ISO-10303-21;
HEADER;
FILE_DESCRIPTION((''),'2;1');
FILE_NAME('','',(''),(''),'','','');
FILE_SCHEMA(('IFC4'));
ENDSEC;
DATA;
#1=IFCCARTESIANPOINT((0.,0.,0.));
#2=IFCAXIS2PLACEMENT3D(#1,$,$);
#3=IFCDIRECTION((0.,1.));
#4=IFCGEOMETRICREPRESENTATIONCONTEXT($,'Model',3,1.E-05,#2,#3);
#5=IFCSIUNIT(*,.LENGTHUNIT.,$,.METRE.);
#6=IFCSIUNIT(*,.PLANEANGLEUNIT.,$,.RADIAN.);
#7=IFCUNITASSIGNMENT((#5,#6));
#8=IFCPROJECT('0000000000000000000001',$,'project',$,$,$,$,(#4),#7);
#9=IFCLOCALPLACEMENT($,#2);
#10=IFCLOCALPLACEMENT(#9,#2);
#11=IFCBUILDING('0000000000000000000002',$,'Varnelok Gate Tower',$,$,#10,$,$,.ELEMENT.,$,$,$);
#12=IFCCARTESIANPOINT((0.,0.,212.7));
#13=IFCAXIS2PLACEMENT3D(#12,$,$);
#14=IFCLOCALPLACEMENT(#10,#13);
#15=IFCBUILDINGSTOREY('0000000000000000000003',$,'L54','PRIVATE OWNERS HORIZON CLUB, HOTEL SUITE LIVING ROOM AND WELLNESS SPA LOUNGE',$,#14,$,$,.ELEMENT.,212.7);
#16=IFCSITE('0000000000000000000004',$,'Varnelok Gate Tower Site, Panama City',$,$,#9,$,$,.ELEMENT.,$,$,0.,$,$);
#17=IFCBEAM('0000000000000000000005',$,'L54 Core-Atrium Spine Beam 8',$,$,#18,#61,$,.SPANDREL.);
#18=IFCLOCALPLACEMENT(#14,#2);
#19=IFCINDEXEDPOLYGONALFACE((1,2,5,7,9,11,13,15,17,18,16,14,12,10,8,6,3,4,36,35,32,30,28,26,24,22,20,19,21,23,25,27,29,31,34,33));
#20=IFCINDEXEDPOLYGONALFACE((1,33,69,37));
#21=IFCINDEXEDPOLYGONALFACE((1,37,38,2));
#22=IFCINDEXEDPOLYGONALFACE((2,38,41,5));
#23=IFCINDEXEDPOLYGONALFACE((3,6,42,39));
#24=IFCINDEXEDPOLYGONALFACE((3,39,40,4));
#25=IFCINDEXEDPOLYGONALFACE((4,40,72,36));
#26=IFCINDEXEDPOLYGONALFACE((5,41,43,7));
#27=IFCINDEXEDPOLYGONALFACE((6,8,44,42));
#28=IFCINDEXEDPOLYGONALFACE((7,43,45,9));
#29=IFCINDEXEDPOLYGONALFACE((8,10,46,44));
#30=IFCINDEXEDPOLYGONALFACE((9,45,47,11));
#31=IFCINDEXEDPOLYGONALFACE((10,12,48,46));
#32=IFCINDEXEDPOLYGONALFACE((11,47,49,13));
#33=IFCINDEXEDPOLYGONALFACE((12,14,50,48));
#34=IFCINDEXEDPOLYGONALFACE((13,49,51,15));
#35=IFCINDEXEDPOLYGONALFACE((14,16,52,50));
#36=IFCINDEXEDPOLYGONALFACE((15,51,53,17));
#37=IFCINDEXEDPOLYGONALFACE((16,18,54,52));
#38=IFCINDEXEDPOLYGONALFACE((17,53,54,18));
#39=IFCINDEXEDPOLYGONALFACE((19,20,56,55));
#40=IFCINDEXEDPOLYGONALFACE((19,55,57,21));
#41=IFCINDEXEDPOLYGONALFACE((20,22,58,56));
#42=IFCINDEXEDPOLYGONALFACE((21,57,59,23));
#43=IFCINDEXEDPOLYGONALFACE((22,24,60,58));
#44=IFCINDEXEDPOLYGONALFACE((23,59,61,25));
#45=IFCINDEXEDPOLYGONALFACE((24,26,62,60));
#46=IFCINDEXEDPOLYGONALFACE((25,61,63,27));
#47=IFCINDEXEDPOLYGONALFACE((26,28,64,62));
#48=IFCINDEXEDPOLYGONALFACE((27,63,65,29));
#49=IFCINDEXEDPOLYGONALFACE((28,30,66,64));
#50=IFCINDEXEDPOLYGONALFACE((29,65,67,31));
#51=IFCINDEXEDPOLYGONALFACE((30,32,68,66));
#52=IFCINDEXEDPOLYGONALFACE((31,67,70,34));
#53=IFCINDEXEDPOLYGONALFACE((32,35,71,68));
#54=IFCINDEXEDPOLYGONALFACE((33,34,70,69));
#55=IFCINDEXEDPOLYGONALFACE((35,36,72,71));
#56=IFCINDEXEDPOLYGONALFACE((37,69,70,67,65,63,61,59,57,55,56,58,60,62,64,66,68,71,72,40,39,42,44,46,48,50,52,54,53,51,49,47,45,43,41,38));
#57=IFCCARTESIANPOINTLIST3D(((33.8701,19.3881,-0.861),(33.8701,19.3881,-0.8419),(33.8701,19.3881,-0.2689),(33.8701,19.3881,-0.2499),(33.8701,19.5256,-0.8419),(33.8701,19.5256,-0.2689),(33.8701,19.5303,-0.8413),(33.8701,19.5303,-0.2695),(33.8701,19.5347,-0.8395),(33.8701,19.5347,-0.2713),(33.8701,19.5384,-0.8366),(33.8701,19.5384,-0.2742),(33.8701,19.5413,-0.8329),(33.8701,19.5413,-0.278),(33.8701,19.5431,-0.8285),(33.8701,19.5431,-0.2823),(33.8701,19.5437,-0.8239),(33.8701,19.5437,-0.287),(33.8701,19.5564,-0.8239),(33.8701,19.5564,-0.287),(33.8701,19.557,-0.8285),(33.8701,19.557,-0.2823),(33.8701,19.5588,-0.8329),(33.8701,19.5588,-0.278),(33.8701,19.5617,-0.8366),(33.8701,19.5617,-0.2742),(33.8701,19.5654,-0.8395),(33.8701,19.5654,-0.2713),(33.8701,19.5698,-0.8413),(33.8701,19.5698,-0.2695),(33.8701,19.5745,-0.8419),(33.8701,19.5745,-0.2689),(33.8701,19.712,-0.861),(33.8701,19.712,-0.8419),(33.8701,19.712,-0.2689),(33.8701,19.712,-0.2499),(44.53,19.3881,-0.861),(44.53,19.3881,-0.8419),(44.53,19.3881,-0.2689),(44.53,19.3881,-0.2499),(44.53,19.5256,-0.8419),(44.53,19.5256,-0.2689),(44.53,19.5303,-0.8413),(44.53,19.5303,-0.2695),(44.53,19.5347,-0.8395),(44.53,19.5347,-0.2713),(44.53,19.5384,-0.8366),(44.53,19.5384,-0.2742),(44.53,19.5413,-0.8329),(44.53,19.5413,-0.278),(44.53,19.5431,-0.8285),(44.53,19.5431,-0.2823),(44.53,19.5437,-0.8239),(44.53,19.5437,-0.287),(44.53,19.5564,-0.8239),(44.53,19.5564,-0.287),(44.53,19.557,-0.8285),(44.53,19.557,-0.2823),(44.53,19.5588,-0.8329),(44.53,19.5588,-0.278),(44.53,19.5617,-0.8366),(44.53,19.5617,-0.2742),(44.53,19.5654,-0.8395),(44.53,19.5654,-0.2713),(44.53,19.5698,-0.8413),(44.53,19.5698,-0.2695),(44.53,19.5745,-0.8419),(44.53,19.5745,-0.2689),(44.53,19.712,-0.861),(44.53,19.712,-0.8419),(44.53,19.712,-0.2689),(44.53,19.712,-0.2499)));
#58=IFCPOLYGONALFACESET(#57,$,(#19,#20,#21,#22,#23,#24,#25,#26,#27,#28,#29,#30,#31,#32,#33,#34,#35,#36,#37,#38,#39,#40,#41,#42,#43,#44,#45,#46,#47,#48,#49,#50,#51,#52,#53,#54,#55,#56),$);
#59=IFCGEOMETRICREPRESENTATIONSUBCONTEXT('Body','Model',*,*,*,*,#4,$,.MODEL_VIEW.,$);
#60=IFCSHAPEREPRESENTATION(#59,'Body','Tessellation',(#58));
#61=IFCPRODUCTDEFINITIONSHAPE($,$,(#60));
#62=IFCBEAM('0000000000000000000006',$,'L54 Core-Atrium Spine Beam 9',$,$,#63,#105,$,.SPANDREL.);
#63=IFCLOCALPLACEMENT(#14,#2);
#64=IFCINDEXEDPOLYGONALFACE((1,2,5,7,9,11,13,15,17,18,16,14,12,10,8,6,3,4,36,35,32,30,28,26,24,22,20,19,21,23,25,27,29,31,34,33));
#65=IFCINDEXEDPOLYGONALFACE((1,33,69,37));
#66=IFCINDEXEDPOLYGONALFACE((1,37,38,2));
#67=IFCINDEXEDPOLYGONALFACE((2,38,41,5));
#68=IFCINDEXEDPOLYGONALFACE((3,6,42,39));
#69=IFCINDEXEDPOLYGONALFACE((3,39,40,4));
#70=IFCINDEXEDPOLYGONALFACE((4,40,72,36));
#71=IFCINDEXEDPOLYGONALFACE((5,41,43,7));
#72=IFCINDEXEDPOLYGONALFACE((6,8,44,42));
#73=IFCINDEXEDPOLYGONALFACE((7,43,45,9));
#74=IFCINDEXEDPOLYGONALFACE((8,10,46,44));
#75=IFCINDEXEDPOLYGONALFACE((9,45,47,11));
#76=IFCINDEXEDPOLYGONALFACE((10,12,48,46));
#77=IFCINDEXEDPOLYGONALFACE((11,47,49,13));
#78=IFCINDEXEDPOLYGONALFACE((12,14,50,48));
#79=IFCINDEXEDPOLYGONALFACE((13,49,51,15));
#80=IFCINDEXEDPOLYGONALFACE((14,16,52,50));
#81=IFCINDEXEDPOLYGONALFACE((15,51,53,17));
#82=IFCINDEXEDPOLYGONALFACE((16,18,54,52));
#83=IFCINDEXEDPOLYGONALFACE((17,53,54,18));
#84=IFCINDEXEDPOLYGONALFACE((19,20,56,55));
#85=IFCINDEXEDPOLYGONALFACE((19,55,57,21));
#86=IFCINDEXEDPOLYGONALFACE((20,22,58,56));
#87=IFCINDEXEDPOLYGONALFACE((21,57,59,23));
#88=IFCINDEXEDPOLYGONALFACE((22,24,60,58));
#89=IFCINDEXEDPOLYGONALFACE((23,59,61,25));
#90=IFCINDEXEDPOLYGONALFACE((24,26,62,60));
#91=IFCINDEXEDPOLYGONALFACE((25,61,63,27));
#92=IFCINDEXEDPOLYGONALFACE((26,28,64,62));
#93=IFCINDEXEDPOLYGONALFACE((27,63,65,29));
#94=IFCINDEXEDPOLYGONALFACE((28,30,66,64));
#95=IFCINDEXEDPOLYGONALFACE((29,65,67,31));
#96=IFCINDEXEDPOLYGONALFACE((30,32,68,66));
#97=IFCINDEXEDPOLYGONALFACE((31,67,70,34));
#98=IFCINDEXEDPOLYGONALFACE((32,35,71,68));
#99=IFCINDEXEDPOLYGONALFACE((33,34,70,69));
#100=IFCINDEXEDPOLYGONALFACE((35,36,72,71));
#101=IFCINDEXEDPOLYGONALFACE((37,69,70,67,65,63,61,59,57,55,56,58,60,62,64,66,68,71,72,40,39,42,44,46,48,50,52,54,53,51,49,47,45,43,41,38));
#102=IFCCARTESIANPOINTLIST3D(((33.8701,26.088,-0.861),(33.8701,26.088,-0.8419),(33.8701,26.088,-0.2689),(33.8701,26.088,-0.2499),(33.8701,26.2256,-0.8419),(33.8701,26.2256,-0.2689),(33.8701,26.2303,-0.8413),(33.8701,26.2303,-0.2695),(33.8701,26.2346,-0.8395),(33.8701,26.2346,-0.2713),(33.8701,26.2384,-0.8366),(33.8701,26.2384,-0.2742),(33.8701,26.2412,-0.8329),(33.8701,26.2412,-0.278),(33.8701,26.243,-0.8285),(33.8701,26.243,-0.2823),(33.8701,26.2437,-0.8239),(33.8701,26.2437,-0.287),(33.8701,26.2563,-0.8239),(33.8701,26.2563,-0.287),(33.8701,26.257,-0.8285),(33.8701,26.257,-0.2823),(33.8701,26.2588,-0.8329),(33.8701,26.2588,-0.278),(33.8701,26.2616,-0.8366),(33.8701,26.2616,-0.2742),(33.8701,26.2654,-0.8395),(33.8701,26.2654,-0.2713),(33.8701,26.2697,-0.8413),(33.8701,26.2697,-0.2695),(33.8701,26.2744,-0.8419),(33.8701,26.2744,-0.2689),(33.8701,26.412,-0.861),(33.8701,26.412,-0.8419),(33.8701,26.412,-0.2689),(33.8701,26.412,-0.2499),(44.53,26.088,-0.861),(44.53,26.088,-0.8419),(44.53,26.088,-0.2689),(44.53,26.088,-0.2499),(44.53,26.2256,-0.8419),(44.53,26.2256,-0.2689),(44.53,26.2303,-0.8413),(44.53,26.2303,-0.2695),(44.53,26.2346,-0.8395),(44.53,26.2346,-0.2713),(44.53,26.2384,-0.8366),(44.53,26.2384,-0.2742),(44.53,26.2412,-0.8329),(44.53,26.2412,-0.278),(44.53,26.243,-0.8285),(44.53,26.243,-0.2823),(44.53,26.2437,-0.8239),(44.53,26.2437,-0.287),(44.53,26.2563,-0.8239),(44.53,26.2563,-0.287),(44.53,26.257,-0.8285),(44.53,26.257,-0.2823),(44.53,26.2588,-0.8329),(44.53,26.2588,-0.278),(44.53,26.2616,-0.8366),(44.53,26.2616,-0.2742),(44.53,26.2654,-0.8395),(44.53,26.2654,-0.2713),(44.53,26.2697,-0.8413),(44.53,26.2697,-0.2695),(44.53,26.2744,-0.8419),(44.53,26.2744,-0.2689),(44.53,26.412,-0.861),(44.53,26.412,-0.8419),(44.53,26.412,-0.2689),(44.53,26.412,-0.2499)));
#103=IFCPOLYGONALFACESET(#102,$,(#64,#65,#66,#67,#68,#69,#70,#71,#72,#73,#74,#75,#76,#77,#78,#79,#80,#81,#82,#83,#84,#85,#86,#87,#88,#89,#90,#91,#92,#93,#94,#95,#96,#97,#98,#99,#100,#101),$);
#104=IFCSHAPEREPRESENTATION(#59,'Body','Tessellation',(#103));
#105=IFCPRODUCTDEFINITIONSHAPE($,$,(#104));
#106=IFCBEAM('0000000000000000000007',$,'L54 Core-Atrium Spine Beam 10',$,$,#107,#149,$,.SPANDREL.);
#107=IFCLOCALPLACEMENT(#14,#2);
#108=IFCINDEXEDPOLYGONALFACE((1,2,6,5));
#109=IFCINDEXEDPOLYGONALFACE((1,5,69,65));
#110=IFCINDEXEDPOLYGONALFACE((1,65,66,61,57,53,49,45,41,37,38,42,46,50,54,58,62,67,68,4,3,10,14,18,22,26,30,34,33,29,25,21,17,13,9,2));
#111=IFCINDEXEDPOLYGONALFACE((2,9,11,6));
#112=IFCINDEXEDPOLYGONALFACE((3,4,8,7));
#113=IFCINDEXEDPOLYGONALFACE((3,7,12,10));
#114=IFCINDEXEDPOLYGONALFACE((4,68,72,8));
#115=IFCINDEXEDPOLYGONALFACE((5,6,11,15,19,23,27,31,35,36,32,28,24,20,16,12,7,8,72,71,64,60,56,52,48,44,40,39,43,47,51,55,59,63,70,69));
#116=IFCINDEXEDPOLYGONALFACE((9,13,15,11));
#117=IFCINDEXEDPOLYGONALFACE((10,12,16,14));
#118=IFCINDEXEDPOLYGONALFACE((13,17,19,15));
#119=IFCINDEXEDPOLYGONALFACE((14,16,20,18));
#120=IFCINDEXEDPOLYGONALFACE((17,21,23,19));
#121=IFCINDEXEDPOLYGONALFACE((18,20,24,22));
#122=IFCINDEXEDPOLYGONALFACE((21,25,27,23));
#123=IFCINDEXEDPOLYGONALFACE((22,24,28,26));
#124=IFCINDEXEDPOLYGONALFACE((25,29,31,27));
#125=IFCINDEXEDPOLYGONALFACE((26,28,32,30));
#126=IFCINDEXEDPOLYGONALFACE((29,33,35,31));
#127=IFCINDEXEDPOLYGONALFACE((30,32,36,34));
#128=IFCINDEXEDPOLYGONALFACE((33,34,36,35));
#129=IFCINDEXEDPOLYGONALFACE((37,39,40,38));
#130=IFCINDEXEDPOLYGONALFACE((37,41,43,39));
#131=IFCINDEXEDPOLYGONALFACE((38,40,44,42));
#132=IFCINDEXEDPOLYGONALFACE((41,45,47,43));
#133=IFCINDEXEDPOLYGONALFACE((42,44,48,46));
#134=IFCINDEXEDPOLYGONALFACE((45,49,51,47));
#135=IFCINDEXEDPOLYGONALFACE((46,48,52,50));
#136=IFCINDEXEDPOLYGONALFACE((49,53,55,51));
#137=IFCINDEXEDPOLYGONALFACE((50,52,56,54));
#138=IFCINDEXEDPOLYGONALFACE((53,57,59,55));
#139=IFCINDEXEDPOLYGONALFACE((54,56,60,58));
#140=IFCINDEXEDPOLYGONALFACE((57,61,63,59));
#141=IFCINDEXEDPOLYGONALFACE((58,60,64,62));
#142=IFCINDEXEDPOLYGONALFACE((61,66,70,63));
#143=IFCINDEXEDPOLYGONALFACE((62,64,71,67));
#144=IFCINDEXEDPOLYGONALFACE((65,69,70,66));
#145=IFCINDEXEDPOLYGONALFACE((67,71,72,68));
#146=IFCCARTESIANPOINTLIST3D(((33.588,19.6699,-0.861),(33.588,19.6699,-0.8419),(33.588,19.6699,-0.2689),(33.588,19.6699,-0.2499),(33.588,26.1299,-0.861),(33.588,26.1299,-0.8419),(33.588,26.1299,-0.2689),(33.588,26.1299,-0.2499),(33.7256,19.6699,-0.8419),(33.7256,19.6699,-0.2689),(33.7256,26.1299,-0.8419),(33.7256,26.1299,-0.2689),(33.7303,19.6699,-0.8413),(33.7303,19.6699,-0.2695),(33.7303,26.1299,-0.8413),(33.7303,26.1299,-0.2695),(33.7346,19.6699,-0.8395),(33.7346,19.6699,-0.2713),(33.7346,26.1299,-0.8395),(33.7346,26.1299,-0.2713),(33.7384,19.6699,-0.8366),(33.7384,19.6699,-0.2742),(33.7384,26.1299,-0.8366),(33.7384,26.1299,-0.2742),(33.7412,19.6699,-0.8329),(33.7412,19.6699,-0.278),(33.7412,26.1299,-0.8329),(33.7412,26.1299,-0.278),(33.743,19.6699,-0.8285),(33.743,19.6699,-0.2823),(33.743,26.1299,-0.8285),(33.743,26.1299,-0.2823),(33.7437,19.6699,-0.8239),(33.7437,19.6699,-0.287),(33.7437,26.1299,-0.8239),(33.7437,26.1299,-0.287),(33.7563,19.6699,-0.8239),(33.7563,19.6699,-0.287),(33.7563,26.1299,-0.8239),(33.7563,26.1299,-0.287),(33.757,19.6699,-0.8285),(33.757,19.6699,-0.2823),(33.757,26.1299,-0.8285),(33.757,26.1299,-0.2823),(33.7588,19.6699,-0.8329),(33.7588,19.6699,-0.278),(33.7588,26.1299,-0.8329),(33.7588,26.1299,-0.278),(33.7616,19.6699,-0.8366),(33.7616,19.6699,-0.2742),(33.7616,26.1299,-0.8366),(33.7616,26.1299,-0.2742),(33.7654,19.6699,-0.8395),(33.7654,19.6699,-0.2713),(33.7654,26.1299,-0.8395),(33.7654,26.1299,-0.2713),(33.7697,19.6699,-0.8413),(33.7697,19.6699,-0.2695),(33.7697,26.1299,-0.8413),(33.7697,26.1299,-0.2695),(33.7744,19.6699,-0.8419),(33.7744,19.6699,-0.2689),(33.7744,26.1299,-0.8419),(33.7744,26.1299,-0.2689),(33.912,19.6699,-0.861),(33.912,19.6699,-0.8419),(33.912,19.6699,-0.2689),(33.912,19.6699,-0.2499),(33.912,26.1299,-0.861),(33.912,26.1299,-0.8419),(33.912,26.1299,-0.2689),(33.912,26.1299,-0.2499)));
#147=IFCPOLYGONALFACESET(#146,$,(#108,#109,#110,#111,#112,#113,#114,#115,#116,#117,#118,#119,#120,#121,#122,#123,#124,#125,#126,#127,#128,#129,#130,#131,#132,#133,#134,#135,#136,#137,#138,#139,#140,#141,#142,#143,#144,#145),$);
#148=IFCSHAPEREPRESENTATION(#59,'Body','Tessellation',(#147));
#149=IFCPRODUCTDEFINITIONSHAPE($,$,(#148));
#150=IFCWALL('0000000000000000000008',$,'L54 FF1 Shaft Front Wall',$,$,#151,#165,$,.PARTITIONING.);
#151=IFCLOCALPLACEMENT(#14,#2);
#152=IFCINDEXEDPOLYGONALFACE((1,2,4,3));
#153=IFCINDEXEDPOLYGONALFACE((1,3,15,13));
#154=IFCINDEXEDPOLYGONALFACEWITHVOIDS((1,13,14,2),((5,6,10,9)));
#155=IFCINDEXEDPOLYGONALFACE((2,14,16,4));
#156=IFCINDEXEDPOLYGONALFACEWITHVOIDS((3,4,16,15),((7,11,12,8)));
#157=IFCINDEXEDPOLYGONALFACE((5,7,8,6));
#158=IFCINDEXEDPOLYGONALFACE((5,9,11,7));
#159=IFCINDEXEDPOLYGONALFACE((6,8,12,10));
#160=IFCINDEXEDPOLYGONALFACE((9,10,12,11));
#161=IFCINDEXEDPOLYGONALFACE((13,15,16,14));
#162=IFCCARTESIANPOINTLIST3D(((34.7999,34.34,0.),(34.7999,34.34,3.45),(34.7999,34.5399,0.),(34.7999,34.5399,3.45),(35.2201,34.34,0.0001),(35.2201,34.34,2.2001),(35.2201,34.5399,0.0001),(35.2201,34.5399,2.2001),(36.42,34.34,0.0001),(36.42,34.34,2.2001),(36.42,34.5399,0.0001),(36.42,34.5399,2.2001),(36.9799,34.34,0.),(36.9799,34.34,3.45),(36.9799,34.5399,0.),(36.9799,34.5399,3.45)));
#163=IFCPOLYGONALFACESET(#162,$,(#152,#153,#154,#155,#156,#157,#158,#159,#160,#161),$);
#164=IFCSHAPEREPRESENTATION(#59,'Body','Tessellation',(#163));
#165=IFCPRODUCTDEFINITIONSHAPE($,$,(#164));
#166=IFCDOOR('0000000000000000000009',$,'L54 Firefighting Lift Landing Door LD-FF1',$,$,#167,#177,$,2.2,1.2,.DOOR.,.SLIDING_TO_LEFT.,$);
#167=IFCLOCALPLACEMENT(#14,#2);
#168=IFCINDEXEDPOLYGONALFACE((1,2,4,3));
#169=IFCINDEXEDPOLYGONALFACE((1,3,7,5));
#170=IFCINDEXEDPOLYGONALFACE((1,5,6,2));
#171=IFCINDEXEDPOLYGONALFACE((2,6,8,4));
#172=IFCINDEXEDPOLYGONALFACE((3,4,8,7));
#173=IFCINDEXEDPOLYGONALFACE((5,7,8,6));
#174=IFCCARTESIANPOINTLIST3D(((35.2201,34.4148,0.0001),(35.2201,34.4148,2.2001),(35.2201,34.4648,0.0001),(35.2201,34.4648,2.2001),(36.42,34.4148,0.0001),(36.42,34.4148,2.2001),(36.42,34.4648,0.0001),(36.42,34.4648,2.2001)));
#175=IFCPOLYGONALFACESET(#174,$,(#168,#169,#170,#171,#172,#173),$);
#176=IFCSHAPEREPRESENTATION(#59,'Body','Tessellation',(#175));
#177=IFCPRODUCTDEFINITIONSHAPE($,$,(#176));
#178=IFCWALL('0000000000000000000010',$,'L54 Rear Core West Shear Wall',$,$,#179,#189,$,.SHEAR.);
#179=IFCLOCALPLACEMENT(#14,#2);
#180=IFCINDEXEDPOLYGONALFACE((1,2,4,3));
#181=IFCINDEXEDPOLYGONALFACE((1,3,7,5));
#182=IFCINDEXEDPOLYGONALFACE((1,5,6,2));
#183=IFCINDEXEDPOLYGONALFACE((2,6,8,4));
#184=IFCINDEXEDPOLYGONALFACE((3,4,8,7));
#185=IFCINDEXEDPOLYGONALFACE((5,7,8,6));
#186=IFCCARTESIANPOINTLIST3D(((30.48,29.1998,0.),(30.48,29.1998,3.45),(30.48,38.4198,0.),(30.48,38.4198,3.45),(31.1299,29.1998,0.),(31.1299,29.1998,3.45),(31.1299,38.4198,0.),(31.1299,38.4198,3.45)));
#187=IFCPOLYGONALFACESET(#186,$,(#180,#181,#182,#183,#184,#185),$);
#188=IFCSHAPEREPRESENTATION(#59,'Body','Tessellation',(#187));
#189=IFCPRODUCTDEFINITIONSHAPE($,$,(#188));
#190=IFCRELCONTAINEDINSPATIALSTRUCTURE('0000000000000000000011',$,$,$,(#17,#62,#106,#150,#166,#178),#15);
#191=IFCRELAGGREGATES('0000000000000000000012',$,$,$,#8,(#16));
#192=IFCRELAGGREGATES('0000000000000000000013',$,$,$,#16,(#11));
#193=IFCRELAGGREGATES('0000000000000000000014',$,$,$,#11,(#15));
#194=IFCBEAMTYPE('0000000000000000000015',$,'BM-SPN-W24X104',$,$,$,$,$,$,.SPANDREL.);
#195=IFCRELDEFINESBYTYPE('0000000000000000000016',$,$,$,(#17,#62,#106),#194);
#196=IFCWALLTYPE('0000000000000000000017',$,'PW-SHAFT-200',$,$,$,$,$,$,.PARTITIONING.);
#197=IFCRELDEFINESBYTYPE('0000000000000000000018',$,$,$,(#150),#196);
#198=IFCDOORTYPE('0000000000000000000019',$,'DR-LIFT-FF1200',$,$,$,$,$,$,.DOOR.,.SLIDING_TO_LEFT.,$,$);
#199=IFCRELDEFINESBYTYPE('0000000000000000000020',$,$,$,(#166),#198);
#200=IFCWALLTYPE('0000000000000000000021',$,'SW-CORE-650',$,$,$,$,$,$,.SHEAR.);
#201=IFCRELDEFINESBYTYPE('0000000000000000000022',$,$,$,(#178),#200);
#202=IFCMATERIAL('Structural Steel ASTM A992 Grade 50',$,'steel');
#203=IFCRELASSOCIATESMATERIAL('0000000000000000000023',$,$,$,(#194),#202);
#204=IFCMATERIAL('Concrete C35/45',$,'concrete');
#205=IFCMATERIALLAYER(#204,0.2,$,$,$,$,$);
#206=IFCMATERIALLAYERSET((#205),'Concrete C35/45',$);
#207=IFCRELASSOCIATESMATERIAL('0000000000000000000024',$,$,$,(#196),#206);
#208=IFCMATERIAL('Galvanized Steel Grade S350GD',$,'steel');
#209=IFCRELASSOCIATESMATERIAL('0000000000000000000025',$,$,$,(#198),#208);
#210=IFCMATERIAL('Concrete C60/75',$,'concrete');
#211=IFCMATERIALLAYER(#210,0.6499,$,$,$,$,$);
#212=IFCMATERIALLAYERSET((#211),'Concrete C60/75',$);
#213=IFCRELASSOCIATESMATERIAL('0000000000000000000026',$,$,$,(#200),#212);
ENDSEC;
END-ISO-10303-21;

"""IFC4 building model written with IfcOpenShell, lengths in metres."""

from ifc_helpers import new_model, si_unit, direction, frame, frame_2d, origin, origin_2d, place, context, subcontext, project, spatial, rectangle, i_section, extrude, material, layer, layer_set, material_profile, profile_set, type_object, element, fill, save


model = new_model("IFC4")

# Units and contexts
model_context = context("Model", 3, precision=1e-05, world=origin(), true_north=direction((0.0, 1.0)))
body_context = subcontext(model_context, "Body", "Model", "MODEL_VIEW")
ifc_project = project(units=[si_unit("LENGTHUNIT", "METRE"), si_unit("PLANEANGLEUNIT", "RADIAN")], contexts=[model_context])

# Site, building, storey
site_placement = place(None, origin())
site = spatial("IfcSite", under=ifc_project, at=site_placement, Name="Varnelok Gate Tower Site, Panama City", CompositionType="ELEMENT", RefElevation=0.0)
building_placement = place(site_placement, origin())
building = spatial("IfcBuilding", under=site, at=building_placement, Name="Varnelok Gate Tower", CompositionType="ELEMENT")
storey_placement = place(building_placement, frame((0.0, 0.0, 212.7)))
storey = spatial("IfcBuildingStorey", under=building, at=storey_placement, Name="L54", Description="PRIVATE OWNERS HORIZON CLUB, HOTEL SUITE LIVING ROOM AND WELLNESS SPA LOUNGE", CompositionType="ELEMENT", Elevation=212.7)

# Shared definitions
ifc_material_1 = material(Name="Concrete C60/75", Category="concrete")
ifc_material_2 = material(Name="Structural Steel ASTM A992 Grade 50", Category="steel")

# Beams
ifc_material_profile_1 = material_profile(ifc_material_2, i_section(OverallWidth=0.324, OverallDepth=0.6111, WebThickness=0.0127, FlangeThickness=0.019, FilletRadius=0.0181, at=origin_2d()), Name="W24X104")
ifc_profile_set_1 = profile_set([ifc_material_profile_1], Name="Structural Steel ASTM A992 Grade 50")
beam_type_1 = type_object("IfcBeamType", Name="BM-SPN-W24X104", PredefinedType="SPANDREL", material=ifc_profile_set_1)
for number, where, z_axis, x_axis, name in (
    (1, (33.8701, 19.55, -0.5554), (1.0, 0.0, 0.0), (0.0, 1.0, 0.0), "L54 Core-Atrium Spine Beam 8"),
    (2, (33.8701, 26.25, -0.5554), (1.0, 0.0, 0.0), (0.0, 1.0, 0.0), "L54 Core-Atrium Spine Beam 9"),
):
    element("IfcBeam", number, at=place(storey_placement, frame(where, z_axis=z_axis, x_axis=x_axis)), inside=storey, type_object=beam_type_1, Name=name, PredefinedType="SPANDREL", context=body_context, shape_type="SweptSolid", body=[
        extrude(i_section(OverallWidth=0.324, OverallDepth=0.6111, WebThickness=0.0127, FlangeThickness=0.019, FilletRadius=0.0181, at=origin_2d()), origin(), (0.0, 0.0, 1.0), 10.6599),
    ])
beam_1_placement = place(storey_placement, frame((33.75, 19.6699, -0.5554), z_axis=(0.0, 1.0, 0.0), x_axis=(-1.0, 0.0, 0.0)))
element("IfcBeam", 3, at=beam_1_placement, inside=storey, type_object=beam_type_1, Name="L54 Core-Atrium Spine Beam 10", PredefinedType="SPANDREL", context=body_context, shape_type="SweptSolid", body=[
    extrude(i_section(OverallWidth=0.324, OverallDepth=0.6111, WebThickness=0.0127, FlangeThickness=0.019, FilletRadius=0.0181, at=origin_2d()), origin(), (0.0, 0.0, 1.0), 6.46),
])

# Wall, opening, door
ifc_material_3 = material(Name="Concrete C35/45", Category="concrete")
ifc_layer_1 = layer(ifc_material_3, 0.2)
ifc_layer_set_1 = layer_set([ifc_layer_1], Name="Concrete C35/45")
wall_type_1 = type_object("IfcWallType", Name="PW-SHAFT-200", PredefinedType="PARTITIONING", material=ifc_layer_set_1)
wall_1_placement = place(storey_placement, frame((34.8, 34.4399, 0.0), z_axis=(0.0, 0.0, 1.0), x_axis=(1.0, 0.0, 0.0)))
wall_1 = element("IfcWall", 4, at=wall_1_placement, inside=storey, type_object=wall_type_1, Name="L54 FF1 Shaft Front Wall", PredefinedType="PARTITIONING", context=body_context, shape_type="SweptSolid", body=[
    extrude(rectangle(XDim=2.1799, YDim=0.2, at=frame_2d((1.0898, 0.0))), origin(), (0.0, 0.0, 1.0), 3.45),
])
opening_1_placement = place(wall_1_placement, frame((0.4199, 0.0, 0.0)))
opening_1 = element("IfcOpeningElement", 5, at=opening_1_placement, cuts=wall_1, PredefinedType="OPENING", context=body_context, shape_type="SweptSolid", body=[
    extrude(rectangle(XDim=1.2, YDim=2.2, at=frame_2d((0.6001, 1.1001))), frame((0.0, 0.1099, 0.0), z_axis=(0.0, -1.0, 0.0), x_axis=(1.0, 0.0, 0.0)), (0.0, 0.0, 1.0), 0.22),
])
ifc_material_4 = material(Name="Galvanized Steel Grade S350GD", Category="steel")
door_type_1 = type_object("IfcDoorType", Name="DR-LIFT-FF1200", OperationType="SLIDING_TO_LEFT", PredefinedType="DOOR", material=ifc_material_4)
door_1_placement = place(opening_1_placement, origin())
door_1 = element("IfcDoor", 6, at=door_1_placement, inside=storey, type_object=door_type_1, Name="L54 Firefighting Lift Landing Door LD-FF1", OperationType="SLIDING_TO_LEFT", OverallHeight=2.2, OverallWidth=1.2, PredefinedType="DOOR", context=body_context, shape_type="SweptSolid", body=[
    extrude(rectangle(XDim=1.2, YDim=2.2, at=frame_2d((0.6001, 1.1001))), frame((0.0, 0.0249, 0.0), z_axis=(0.0, -1.0, 0.0), x_axis=(1.0, 0.0, 0.0)), (0.0, 0.0, 1.0), 0.05),
])
fill(opening_1, door_1)

# Wall
ifc_layer_2 = layer(ifc_material_1, 0.6499)
ifc_layer_set_2 = layer_set([ifc_layer_2], Name="Concrete C60/75")
wall_type_2 = type_object("IfcWallType", Name="SW-CORE-650", PredefinedType="SHEAR", material=ifc_layer_set_2)
wall_2_placement = place(storey_placement, frame((30.8049, 29.2, 0.0), z_axis=(0.0, 0.0, 1.0), x_axis=(0.0, 1.0, 0.0)))
element("IfcWall", 7, at=wall_2_placement, inside=storey, type_object=wall_type_2, Name="L54 Rear Core West Shear Wall", PredefinedType="SHEAR", context=body_context, shape_type="SweptSolid", body=[
    extrude(rectangle(XDim=9.22, YDim=0.6499, at=frame_2d((4.6099, 0.0))), origin(), (0.0, 0.0, 1.0), 3.45),
])

save(model, "model.ifc")
